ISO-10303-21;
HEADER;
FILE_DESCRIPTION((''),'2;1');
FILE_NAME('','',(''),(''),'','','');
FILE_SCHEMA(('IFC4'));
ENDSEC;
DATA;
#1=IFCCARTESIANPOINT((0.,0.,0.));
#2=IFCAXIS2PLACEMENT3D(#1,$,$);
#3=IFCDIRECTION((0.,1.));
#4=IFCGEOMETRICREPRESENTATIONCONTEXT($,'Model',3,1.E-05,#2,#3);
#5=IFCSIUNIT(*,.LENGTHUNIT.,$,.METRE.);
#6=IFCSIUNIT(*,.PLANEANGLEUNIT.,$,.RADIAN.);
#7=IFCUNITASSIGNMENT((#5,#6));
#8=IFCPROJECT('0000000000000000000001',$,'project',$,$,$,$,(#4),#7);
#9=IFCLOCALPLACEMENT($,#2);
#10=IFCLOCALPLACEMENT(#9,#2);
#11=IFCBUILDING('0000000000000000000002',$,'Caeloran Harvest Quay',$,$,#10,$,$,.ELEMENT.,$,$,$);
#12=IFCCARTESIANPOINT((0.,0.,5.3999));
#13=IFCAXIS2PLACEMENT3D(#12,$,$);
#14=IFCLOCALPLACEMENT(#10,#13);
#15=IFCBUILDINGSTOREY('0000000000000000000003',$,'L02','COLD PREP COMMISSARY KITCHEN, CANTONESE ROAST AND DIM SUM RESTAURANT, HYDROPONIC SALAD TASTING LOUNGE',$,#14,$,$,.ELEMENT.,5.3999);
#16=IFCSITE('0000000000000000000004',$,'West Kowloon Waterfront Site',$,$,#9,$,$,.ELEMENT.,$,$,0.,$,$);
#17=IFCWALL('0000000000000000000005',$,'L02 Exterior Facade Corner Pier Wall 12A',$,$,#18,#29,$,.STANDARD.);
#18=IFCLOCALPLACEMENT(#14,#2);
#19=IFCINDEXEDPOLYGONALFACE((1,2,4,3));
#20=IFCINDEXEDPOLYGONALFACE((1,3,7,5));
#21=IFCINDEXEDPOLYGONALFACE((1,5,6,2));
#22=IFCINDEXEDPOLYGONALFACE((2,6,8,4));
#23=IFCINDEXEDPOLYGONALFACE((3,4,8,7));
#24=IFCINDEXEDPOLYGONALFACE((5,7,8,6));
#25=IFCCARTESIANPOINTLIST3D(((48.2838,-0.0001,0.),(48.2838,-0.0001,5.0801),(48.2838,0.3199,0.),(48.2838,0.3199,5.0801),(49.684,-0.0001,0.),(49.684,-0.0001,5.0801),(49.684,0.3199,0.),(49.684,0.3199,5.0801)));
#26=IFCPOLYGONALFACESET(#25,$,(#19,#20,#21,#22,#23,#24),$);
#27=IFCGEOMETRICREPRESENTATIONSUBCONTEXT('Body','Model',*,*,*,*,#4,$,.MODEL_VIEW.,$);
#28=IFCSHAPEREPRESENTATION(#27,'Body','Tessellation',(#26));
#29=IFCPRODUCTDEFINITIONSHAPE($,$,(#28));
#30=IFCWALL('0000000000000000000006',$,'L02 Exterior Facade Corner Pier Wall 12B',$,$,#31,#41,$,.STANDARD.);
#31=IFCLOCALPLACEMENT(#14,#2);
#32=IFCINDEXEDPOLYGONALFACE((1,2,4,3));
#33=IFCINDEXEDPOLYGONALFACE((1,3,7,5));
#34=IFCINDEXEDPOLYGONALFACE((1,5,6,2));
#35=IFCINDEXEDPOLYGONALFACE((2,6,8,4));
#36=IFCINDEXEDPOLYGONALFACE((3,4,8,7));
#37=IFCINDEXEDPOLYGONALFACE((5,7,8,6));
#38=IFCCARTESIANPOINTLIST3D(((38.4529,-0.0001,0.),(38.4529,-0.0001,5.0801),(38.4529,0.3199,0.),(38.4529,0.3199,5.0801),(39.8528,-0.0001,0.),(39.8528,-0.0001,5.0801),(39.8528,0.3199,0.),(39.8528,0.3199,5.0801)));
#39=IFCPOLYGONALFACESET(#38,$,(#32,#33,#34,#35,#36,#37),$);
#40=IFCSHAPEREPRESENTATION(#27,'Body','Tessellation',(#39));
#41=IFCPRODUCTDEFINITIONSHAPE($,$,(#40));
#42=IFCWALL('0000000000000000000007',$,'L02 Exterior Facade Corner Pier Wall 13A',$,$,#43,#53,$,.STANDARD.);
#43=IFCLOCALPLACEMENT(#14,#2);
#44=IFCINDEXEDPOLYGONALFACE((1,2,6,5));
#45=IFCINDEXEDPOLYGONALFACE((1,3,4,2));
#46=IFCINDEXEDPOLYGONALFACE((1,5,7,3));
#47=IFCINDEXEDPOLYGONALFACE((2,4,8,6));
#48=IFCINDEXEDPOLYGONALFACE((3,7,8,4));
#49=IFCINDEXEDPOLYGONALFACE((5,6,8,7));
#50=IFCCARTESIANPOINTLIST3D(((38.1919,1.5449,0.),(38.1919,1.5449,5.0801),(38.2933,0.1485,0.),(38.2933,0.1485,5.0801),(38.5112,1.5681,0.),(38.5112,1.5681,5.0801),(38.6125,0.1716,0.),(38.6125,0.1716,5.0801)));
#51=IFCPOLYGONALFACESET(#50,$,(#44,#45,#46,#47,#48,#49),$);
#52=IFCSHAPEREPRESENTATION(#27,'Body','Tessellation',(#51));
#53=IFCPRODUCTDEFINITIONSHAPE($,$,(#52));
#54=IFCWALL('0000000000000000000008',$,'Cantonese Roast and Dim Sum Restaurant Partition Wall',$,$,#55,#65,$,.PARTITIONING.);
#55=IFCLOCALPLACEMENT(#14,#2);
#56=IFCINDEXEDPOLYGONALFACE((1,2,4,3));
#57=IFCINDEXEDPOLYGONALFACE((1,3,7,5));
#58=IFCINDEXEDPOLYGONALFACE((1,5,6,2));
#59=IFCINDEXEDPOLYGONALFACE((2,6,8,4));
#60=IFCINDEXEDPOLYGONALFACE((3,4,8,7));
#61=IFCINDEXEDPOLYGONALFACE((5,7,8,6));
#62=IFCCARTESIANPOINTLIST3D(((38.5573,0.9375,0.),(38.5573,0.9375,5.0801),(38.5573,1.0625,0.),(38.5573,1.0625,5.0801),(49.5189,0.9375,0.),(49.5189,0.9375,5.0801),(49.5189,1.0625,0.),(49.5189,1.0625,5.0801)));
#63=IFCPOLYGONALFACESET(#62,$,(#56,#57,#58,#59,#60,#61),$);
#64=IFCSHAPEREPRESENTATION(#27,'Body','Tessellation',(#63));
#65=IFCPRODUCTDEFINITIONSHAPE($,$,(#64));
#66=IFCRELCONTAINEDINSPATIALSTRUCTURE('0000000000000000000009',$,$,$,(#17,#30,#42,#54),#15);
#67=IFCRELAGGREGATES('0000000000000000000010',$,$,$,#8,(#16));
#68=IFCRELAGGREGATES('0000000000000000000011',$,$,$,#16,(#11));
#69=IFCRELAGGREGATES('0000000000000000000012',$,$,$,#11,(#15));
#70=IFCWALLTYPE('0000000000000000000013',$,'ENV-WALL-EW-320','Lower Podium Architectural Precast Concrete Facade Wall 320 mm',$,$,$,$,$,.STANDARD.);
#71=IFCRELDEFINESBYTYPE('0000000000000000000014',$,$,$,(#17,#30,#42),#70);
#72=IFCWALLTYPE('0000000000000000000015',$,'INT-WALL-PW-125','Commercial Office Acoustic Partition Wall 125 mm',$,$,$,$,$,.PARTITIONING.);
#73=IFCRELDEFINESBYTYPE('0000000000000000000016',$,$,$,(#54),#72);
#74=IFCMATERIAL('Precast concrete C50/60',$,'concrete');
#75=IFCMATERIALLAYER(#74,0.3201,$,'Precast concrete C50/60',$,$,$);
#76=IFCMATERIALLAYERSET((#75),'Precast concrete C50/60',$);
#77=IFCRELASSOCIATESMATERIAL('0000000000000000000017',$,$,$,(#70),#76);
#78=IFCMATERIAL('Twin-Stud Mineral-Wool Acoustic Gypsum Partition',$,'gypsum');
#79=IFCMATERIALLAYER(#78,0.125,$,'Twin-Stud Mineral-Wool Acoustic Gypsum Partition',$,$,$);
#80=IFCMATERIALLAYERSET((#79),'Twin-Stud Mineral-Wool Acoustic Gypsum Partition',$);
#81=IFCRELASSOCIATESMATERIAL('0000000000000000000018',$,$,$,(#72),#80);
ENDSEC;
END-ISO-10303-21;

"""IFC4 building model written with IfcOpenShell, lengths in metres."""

from ifc_helpers import new_model, si_unit, direction, frame, frame_2d, origin, place, context, subcontext, project, spatial, rectangle, extrude, material, layer, layer_set, type_object, element, save


model = new_model("IFC4")

# Units and contexts
model_context = context("Model", 3, precision=1e-05, world=origin(), true_north=direction((0.0, 1.0)))
body_context = subcontext(model_context, "Body", "Model", "MODEL_VIEW")
ifc_project = project(units=[si_unit("LENGTHUNIT", "METRE"), si_unit("PLANEANGLEUNIT", "RADIAN")], contexts=[model_context])

# Site, building, storey
site_placement = place(None, origin())
site = spatial("IfcSite", under=ifc_project, at=site_placement, Name="West Kowloon Waterfront Site", CompositionType="ELEMENT", RefElevation=0.0)
building_placement = place(site_placement, origin())
building = spatial("IfcBuilding", under=site, at=building_placement, Name="Caeloran Harvest Quay", CompositionType="ELEMENT")
storey_placement = place(building_placement, frame((0.0, 0.0, 5.3999)))
storey = spatial("IfcBuildingStorey", under=building, at=storey_placement, Name="L02", Description="COLD PREP COMMISSARY KITCHEN, CANTONESE ROAST AND DIM SUM RESTAURANT, HYDROPONIC SALAD TASTING LOUNGE", CompositionType="ELEMENT", Elevation=5.3999)

# Walls
ifc_material_1 = material(Name="Precast concrete C50/60", Category="concrete")
ifc_layer_1 = layer(ifc_material_1, 0.3201, Name="Precast concrete C50/60")
ifc_layer_set_1 = layer_set([ifc_layer_1], Name="Precast concrete C50/60")
wall_type_1 = type_object("IfcWallType", Name="ENV-WALL-EW-320", Description="Lower Podium Architectural Precast Concrete Facade Wall 320 mm", PredefinedType="STANDARD", material=ifc_layer_set_1)
wall_1_placement = place(storey_placement, frame((49.6841, 0.1599, 0.0), z_axis=(0.0, 0.0, 1.0), x_axis=(-1.0, 0.0, 0.0)))
element("IfcWall", 1, at=wall_1_placement, inside=storey, type_object=wall_type_1, Name="L02 Exterior Facade Corner Pier Wall 12A", PredefinedType="STANDARD", context=body_context, shape_type="SweptSolid", body=[
    extrude(rectangle(XDim=1.4001, YDim=0.3201, at=frame_2d((0.7002, 0.0))), origin(), (0.0, 0.0, 1.0), 5.0801),
])
wall_2_placement = place(storey_placement, frame((39.8528, 0.1599, 0.0), z_axis=(0.0, 0.0, 1.0), x_axis=(-1.0, 0.0, 0.0)))
element("IfcWall", 2, at=wall_2_placement, inside=storey, type_object=wall_type_1, Name="L02 Exterior Facade Corner Pier Wall 12B", PredefinedType="STANDARD", context=body_context, shape_type="SweptSolid", body=[
    extrude(rectangle(XDim=1.3999, YDim=0.3201, at=frame_2d((0.7, 0.0))), origin(), (0.0, 0.0, 1.0), 5.0801),
])
wall_3_placement = place(storey_placement, frame((38.4529, 0.1599, 0.0), z_axis=(0.0, 0.0, 1.0), x_axis=(-0.072362, 0.997378, 0.0)))
element("IfcWall", 3, at=wall_3_placement, inside=storey, type_object=wall_type_1, Name="L02 Exterior Facade Corner Pier Wall 13A", PredefinedType="STANDARD", context=body_context, shape_type="SweptSolid", body=[
    extrude(rectangle(XDim=1.4001, YDim=0.3201, at=frame_2d((0.7002, 0.0))), origin(), (0.0, 0.0, 1.0), 5.0801),
])
ifc_material_2 = material(Name="Twin-Stud Mineral-Wool Acoustic Gypsum Partition", Category="gypsum")
ifc_layer_2 = layer(ifc_material_2, 0.125, Name="Twin-Stud Mineral-Wool Acoustic Gypsum Partition")
ifc_layer_set_2 = layer_set([ifc_layer_2], Name="Twin-Stud Mineral-Wool Acoustic Gypsum Partition")
wall_type_2 = type_object("IfcWallType", Name="INT-WALL-PW-125", Description="Commercial Office Acoustic Partition Wall 125 mm", PredefinedType="PARTITIONING", material=ifc_layer_set_2)
wall_4_placement = place(storey_placement, frame((49.519, 1.0, 0.0), z_axis=(0.0, 0.0, 1.0), x_axis=(-1.0, 0.0, 0.0)))
element("IfcWall", 4, at=wall_4_placement, inside=storey, type_object=wall_type_2, Name="Cantonese Roast and Dim Sum Restaurant Partition Wall", PredefinedType="PARTITIONING", context=body_context, shape_type="SweptSolid", body=[
    extrude(rectangle(XDim=10.9617, YDim=0.125, at=frame_2d((5.481, 0.0))), origin(), (0.0, 0.0, 1.0), 5.0801),
])

save(model, "model.ifc")
